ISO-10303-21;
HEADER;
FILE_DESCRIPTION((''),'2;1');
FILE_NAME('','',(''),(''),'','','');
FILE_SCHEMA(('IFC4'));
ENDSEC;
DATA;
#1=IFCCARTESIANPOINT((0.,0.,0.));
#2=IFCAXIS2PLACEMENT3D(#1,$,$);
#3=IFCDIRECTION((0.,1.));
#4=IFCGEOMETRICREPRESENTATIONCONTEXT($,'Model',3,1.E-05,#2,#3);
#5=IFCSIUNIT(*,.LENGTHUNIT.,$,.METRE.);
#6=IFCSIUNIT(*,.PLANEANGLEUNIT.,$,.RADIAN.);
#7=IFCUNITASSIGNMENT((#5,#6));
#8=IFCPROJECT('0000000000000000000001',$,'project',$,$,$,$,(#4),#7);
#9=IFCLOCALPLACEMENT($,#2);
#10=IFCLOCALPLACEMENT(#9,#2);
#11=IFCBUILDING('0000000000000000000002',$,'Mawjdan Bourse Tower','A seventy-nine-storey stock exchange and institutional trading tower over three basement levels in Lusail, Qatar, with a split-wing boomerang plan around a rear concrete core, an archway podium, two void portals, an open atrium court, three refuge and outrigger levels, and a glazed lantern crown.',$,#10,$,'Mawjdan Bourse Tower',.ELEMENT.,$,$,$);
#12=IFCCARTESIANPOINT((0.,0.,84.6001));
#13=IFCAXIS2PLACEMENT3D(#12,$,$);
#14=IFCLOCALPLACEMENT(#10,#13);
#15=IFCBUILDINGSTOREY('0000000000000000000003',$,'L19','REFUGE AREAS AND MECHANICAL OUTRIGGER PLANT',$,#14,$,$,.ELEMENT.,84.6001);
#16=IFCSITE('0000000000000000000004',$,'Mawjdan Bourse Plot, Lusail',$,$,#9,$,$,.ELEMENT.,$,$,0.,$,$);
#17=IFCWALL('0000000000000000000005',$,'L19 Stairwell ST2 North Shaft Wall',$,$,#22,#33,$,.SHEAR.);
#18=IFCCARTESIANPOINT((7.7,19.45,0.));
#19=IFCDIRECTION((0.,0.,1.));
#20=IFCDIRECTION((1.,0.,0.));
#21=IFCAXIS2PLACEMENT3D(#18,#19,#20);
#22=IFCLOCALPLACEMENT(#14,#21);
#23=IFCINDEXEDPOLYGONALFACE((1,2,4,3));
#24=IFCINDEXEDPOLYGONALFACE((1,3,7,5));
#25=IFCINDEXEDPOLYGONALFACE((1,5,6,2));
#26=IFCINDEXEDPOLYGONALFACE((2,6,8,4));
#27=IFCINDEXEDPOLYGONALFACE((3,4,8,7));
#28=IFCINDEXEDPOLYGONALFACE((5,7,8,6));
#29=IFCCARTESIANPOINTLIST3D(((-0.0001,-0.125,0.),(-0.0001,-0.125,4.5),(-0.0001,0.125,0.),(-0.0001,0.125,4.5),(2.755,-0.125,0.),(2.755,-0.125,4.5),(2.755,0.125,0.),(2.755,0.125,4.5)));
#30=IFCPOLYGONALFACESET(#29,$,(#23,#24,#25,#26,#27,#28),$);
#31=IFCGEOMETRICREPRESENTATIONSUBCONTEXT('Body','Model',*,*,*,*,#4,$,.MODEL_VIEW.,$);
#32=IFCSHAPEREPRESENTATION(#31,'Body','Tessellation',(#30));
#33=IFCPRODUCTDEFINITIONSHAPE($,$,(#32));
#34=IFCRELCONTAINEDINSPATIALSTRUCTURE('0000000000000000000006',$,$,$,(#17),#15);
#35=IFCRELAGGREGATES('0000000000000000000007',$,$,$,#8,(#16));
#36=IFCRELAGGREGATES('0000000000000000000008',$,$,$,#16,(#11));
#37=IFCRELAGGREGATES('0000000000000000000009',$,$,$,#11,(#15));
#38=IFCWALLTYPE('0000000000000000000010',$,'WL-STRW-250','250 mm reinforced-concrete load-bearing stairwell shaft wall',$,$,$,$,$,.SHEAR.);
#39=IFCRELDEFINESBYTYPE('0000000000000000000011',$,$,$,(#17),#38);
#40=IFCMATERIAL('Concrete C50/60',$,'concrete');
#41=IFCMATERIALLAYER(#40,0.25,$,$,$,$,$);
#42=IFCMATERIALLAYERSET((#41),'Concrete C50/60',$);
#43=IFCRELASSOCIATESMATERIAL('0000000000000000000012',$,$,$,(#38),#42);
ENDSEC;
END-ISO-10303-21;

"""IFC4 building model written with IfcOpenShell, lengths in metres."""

from ifc_helpers import new_model, si_unit, direction, frame, frame_2d, origin, place, context, subcontext, project, spatial, rectangle, extrude, material, layer, layer_set, type_object, element, save


model = new_model("IFC4")

# Units and contexts
model_context = context("Model", 3, precision=1e-05, world=origin(), true_north=direction((0.0, 1.0)))
body_context = subcontext(model_context, "Body", "Model", "MODEL_VIEW")
ifc_project = project(units=[si_unit("LENGTHUNIT", "METRE"), si_unit("PLANEANGLEUNIT", "RADIAN")], contexts=[model_context])

# Site, building, storey
site_placement = place(None, origin())
site = spatial("IfcSite", under=ifc_project, at=site_placement, Name="Mawjdan Bourse Plot, Lusail", CompositionType="ELEMENT", RefElevation=0.0)
building_placement = place(site_placement, origin())
building = spatial("IfcBuilding", under=site, at=building_placement, Name="Mawjdan Bourse Tower", Description="A seventy-nine-storey stock exchange and institutional trading tower over three basement levels in Lusail, Qatar, with a split-wing boomerang plan around a rear concrete core, an archway podium, two void portals, an open atrium court, three refuge and outrigger levels, and a glazed lantern crown.", LongName="Mawjdan Bourse Tower", CompositionType="ELEMENT")
storey_placement = place(building_placement, frame((0.0, 0.0, 84.6001)))
storey = spatial("IfcBuildingStorey", under=building, at=storey_placement, Name="L19", Description="REFUGE AREAS AND MECHANICAL OUTRIGGER PLANT", CompositionType="ELEMENT", Elevation=84.6001)

# Wall
ifc_material_1 = material(Name="Concrete C50/60", Category="concrete")
ifc_layer_1 = layer(ifc_material_1, 0.25)
ifc_layer_set_1 = layer_set([ifc_layer_1], Name="Concrete C50/60")
wall_type_1 = type_object("IfcWallType", Name="WL-STRW-250", Description="250 mm reinforced-concrete load-bearing stairwell shaft wall", PredefinedType="SHEAR", material=ifc_layer_set_1)
wall_1_placement = place(storey_placement, frame((7.7, 19.45, 0.0), z_axis=(0.0, 0.0, 1.0), x_axis=(1.0, 0.0, 0.0)))
element("IfcWall", 1, at=wall_1_placement, inside=storey, type_object=wall_type_1, Name="L19 Stairwell ST2 North Shaft Wall", PredefinedType="SHEAR", context=body_context, shape_type="SweptSolid", body=[
    extrude(rectangle(XDim=2.7551, YDim=0.25, at=frame_2d((1.3774, 0.0))), origin(), (0.0, 0.0, 1.0), 4.5),
])

save(model, "model.ifc")
